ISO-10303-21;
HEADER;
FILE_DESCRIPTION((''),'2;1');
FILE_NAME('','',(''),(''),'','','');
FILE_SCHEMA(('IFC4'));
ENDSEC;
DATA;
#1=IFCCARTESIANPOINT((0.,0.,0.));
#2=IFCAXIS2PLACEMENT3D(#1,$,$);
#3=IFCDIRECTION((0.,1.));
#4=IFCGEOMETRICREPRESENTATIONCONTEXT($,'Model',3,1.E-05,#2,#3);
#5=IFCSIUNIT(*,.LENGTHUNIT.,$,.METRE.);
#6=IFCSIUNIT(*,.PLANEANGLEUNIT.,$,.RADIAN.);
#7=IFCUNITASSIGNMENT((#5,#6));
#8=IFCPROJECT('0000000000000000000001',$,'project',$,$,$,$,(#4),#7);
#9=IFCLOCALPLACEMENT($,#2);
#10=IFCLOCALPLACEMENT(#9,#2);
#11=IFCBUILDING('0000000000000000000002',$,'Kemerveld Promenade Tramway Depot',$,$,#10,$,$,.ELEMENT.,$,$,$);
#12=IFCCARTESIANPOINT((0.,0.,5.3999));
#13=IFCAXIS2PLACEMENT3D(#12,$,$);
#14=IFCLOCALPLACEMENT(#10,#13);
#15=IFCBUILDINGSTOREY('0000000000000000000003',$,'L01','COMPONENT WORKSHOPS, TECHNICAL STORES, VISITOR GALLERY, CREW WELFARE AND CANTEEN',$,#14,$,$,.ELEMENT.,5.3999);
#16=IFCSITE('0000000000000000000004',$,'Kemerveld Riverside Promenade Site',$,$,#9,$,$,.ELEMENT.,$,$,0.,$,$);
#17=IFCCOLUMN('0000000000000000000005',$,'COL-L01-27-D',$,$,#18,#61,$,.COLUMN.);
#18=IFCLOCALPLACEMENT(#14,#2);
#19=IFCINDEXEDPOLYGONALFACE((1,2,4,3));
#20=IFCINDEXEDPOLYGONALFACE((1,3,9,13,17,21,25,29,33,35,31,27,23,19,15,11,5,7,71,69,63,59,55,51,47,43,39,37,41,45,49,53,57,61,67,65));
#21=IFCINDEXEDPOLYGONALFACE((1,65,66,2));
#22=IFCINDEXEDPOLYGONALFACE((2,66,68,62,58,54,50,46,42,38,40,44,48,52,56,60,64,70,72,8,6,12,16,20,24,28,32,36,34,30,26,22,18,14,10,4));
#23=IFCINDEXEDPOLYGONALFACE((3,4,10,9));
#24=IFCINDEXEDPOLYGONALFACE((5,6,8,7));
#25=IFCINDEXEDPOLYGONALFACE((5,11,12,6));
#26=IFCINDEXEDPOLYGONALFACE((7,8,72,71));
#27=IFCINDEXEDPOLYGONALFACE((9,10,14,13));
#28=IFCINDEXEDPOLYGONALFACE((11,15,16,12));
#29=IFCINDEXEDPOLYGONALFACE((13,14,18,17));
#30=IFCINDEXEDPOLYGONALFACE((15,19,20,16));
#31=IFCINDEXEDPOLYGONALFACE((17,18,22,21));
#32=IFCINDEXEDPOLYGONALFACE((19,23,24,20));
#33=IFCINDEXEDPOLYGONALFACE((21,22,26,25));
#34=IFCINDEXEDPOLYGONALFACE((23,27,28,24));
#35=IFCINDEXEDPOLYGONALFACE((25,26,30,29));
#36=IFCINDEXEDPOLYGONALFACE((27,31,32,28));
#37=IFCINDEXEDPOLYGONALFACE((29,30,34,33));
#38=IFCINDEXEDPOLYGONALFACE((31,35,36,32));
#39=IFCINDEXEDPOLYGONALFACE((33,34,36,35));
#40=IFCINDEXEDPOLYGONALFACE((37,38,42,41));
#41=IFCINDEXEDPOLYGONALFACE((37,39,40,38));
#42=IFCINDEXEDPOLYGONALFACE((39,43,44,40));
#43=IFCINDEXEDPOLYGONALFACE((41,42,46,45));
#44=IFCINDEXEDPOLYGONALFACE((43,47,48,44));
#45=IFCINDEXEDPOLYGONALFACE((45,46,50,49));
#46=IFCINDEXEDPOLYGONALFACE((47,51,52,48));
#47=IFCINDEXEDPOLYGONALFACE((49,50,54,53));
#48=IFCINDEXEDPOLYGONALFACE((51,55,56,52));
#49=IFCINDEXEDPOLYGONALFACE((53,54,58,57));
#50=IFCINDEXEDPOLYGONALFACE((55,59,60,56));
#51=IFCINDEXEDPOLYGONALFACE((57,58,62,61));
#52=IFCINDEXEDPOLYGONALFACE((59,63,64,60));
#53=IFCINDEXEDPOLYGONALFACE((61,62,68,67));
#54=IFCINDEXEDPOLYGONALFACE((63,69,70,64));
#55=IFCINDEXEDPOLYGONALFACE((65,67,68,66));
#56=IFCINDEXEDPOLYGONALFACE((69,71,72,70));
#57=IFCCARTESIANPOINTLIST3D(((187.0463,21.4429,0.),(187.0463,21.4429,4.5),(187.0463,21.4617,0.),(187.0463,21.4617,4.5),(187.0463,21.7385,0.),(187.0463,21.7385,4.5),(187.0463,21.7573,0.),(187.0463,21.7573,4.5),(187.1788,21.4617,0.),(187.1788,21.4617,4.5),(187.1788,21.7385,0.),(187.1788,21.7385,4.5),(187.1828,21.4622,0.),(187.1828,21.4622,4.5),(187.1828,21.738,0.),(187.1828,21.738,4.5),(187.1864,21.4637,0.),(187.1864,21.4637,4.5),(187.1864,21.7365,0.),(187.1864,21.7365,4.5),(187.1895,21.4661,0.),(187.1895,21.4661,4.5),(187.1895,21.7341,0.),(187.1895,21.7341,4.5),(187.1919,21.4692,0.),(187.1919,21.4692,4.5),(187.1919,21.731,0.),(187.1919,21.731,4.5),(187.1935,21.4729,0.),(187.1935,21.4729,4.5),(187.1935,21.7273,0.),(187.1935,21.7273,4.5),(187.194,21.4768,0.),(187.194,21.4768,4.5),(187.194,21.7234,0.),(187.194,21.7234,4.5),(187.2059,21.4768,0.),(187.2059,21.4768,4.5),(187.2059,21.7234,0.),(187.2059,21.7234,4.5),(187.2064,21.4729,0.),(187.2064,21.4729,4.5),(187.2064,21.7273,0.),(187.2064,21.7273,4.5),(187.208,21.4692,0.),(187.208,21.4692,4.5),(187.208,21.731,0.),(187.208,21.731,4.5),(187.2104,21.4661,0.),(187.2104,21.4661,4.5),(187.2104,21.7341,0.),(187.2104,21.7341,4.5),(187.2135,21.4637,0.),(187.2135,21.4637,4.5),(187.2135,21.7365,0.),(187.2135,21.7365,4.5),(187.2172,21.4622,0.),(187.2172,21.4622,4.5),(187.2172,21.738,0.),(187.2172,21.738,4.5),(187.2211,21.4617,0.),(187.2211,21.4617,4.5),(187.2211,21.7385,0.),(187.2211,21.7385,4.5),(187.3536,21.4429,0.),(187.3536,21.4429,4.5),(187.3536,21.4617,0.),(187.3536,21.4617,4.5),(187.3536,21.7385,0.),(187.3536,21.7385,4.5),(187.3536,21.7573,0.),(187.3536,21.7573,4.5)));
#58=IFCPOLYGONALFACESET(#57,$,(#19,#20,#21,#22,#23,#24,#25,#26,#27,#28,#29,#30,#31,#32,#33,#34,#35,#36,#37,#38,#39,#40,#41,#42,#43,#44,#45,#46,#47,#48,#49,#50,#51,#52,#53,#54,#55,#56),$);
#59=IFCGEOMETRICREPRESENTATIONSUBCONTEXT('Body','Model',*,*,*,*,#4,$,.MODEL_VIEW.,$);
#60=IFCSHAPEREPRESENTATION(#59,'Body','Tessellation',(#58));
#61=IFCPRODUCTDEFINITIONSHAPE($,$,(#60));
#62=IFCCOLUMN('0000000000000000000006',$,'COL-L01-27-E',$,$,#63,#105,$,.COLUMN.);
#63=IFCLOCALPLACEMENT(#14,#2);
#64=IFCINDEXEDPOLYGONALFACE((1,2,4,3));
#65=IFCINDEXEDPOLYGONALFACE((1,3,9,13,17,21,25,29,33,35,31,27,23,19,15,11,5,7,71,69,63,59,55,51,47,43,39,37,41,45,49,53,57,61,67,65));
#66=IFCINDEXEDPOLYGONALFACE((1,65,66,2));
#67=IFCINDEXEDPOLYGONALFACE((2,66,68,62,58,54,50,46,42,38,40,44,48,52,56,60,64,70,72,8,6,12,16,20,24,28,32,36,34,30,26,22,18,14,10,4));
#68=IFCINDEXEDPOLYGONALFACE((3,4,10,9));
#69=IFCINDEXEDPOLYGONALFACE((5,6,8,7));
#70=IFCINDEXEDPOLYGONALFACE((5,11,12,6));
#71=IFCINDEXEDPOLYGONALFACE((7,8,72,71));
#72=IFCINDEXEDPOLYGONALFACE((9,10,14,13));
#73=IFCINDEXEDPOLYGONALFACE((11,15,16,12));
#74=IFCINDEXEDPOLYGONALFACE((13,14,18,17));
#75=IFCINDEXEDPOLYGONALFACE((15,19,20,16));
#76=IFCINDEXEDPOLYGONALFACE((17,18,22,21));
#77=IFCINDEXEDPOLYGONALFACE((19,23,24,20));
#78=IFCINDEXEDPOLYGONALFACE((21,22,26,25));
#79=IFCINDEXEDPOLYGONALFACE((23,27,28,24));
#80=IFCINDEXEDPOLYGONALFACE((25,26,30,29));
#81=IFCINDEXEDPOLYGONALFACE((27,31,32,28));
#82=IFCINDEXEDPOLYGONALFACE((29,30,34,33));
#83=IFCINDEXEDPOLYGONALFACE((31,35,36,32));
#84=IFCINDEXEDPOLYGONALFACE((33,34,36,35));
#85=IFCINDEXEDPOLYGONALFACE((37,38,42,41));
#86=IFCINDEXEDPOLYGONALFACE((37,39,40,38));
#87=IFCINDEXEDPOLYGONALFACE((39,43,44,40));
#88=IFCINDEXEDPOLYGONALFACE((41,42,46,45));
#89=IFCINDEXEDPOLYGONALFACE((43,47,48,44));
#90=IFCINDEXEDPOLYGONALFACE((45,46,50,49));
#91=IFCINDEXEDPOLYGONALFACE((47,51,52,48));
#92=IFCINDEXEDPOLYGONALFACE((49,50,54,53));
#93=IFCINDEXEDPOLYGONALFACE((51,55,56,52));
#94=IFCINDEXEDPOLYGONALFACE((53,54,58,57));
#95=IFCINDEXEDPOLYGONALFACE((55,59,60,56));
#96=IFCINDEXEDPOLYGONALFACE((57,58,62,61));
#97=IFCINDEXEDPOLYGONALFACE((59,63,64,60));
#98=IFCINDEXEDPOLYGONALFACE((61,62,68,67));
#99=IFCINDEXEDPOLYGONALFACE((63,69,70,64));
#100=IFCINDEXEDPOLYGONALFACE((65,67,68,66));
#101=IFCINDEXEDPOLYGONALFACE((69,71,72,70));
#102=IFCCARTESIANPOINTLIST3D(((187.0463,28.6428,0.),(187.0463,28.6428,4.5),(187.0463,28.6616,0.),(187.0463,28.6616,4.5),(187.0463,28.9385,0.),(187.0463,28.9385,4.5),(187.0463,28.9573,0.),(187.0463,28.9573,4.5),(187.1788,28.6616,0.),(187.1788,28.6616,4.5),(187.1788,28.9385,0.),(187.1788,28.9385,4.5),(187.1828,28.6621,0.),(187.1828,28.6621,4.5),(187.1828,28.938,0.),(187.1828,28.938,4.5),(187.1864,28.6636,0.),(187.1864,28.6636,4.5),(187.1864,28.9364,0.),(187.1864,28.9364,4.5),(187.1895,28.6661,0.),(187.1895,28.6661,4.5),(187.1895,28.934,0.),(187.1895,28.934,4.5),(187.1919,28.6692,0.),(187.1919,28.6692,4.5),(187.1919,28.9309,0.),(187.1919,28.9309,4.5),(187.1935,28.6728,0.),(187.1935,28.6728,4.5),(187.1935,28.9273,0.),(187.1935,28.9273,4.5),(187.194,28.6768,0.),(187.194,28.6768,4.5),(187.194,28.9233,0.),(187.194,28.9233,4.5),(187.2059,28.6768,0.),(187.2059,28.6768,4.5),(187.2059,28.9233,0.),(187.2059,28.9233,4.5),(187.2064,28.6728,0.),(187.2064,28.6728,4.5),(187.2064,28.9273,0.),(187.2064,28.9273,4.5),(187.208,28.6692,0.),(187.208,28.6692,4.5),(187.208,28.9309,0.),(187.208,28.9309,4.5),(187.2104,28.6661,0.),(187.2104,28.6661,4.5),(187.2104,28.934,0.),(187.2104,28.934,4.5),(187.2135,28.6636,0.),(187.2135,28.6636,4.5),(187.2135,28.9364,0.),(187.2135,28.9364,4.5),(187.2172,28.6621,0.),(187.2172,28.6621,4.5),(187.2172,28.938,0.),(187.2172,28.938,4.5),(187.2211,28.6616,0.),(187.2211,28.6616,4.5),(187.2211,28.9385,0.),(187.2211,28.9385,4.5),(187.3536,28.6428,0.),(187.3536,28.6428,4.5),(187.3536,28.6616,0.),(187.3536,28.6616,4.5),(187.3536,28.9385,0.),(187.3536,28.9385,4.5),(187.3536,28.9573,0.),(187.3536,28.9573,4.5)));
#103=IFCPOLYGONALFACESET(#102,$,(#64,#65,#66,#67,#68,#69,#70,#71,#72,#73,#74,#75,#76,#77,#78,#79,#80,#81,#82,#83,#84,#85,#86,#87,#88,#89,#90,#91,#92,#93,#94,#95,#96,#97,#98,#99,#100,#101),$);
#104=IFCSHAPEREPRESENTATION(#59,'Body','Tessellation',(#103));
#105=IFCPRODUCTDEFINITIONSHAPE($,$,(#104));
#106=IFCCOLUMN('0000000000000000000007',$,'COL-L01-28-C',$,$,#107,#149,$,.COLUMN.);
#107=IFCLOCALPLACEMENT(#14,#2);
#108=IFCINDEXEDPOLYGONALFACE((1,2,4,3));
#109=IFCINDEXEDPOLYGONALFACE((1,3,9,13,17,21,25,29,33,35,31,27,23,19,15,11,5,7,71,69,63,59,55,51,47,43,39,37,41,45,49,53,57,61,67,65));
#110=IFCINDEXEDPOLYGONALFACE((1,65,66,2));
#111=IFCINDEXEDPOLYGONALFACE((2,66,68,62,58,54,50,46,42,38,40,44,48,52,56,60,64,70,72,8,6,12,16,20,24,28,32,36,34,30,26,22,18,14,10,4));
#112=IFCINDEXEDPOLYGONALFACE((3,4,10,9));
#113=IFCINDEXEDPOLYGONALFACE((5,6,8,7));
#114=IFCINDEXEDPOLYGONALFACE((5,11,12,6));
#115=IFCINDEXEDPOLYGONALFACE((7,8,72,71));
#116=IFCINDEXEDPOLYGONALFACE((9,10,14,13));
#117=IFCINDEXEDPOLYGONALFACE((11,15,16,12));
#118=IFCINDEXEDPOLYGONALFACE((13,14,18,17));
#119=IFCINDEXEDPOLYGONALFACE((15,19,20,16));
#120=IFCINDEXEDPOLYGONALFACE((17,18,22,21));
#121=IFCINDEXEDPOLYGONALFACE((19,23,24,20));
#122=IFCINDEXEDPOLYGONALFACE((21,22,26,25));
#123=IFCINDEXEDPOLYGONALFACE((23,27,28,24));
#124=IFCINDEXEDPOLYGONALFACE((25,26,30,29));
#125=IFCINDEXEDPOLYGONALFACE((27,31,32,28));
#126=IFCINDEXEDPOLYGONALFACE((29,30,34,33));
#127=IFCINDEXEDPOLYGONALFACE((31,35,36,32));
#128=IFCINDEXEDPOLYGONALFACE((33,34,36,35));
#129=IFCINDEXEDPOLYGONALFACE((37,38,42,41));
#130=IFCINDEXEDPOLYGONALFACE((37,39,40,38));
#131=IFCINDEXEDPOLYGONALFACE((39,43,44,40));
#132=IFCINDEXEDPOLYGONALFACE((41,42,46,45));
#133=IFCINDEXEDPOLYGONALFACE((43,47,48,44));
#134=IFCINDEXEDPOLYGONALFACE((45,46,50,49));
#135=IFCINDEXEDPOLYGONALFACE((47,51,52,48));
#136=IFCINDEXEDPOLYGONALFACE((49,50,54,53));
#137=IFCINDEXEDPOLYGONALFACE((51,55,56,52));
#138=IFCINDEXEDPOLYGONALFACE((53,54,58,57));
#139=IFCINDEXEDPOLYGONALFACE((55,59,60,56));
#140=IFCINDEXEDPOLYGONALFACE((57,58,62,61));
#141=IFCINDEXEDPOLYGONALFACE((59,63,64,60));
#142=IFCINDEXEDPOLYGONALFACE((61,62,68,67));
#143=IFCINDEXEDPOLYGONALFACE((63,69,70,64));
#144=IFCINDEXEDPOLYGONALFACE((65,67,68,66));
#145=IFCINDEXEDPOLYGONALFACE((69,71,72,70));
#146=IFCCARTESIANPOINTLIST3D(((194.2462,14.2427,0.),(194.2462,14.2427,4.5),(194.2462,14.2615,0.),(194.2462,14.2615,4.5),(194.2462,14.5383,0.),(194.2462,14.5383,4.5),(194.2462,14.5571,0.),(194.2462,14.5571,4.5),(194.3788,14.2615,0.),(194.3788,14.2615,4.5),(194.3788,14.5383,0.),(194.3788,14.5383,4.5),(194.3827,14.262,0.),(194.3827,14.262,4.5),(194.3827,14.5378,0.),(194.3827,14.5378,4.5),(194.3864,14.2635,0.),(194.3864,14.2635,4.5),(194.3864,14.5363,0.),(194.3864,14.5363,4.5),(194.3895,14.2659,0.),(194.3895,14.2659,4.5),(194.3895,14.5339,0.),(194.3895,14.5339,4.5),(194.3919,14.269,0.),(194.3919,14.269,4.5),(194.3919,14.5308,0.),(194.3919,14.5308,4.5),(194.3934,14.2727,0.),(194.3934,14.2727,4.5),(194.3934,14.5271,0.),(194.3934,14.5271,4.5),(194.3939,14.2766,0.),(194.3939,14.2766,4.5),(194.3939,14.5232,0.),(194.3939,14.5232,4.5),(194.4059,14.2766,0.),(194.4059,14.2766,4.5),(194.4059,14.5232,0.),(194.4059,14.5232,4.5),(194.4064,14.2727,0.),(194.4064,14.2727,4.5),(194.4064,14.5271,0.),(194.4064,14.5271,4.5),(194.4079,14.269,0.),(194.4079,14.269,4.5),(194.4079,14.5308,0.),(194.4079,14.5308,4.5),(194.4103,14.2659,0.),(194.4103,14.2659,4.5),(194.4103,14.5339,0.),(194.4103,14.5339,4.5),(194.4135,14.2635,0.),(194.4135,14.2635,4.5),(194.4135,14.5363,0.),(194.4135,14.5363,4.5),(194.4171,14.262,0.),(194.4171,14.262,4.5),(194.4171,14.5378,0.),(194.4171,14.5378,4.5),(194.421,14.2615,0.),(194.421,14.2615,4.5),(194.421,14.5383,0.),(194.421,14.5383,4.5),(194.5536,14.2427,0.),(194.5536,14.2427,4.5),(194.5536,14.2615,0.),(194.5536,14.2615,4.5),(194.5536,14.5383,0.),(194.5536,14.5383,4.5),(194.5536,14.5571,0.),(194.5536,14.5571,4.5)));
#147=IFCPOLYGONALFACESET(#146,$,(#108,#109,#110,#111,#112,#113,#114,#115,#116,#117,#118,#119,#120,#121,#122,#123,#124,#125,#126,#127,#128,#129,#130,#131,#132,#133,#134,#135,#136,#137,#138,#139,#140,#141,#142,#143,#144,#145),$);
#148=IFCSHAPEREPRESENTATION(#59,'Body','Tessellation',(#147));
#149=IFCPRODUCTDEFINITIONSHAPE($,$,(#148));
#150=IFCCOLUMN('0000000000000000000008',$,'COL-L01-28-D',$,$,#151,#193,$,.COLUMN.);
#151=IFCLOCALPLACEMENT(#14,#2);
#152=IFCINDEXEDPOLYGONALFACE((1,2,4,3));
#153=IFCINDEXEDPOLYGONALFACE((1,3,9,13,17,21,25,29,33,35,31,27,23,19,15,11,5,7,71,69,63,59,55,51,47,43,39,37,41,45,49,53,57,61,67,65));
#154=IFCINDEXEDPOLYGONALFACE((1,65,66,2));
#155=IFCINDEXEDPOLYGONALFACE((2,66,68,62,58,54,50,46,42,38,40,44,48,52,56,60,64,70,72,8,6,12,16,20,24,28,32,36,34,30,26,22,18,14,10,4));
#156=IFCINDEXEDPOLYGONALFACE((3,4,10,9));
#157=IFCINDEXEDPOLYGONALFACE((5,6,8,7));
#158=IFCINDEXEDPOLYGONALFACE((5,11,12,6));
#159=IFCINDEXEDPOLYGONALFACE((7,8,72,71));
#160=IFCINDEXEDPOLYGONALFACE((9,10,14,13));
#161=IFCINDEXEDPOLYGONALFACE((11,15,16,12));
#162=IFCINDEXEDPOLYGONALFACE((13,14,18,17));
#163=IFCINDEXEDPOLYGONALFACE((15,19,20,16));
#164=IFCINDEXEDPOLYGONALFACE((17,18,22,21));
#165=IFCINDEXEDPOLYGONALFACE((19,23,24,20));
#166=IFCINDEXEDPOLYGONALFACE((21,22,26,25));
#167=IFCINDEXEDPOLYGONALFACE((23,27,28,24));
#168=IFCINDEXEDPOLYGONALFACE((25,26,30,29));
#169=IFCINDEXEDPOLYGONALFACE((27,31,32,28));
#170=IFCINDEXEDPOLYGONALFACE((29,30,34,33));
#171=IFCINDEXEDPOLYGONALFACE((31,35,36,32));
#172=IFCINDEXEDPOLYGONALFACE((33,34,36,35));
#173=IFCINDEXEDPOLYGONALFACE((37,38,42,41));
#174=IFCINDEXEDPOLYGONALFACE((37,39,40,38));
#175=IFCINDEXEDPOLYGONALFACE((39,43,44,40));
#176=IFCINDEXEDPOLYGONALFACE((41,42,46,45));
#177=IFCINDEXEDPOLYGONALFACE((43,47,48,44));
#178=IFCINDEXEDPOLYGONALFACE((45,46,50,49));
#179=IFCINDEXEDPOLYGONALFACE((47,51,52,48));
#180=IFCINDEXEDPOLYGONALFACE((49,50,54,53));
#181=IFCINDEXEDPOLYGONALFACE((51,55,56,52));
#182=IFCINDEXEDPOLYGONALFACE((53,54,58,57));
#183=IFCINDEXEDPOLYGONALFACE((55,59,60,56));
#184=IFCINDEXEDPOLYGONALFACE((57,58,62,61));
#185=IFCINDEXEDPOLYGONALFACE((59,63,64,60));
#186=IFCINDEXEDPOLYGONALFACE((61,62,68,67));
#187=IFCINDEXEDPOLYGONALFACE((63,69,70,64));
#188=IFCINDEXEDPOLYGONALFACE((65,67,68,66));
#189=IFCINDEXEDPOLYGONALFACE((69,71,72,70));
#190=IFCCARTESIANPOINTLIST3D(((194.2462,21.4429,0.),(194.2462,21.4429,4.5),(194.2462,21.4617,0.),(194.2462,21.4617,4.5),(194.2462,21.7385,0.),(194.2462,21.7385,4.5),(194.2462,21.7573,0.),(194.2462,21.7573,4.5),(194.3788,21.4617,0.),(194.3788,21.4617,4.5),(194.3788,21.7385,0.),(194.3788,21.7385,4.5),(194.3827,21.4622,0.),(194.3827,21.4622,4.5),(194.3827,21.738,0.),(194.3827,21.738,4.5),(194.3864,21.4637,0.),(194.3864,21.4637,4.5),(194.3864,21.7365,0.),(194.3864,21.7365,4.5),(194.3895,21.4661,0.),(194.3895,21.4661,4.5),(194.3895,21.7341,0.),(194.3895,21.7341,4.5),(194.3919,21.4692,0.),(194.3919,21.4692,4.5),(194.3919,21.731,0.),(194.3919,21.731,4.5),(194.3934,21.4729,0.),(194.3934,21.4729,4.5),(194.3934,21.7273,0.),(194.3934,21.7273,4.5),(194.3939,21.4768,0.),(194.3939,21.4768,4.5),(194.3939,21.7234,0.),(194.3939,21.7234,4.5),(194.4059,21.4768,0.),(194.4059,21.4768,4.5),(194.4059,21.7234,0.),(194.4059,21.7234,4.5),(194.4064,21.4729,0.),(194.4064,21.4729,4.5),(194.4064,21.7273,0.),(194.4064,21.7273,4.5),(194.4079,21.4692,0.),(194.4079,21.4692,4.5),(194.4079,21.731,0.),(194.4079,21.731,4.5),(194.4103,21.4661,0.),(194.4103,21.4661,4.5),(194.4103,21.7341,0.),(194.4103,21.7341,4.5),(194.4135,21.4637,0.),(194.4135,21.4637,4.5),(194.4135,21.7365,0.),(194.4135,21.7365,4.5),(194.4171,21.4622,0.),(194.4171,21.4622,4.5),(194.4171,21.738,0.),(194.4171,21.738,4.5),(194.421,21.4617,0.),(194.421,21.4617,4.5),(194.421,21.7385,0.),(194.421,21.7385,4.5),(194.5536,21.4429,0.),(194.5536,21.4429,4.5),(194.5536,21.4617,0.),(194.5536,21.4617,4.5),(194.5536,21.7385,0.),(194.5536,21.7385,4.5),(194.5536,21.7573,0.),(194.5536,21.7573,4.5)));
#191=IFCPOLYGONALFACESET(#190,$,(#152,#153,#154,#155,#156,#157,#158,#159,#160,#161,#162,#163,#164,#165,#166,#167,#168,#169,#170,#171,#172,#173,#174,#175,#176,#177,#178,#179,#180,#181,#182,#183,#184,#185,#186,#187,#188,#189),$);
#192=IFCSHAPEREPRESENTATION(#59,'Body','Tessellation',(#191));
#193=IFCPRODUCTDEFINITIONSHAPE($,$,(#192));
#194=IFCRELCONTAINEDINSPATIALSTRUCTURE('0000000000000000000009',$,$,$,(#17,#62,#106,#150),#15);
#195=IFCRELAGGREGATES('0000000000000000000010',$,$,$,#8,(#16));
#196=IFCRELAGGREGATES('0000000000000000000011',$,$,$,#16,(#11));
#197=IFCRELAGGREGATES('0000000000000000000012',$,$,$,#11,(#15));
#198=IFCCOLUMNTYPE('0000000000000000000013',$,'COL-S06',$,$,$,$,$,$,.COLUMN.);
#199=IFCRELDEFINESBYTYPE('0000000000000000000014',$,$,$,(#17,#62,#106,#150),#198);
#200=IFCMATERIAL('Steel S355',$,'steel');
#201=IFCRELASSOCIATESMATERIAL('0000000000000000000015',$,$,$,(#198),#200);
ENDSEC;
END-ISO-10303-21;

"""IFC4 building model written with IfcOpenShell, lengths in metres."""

from ifc_helpers import new_model, si_unit, direction, frame, origin, origin_2d, place, context, subcontext, project, spatial, i_section, extrude, material, material_profile, profile_set, type_object, element, save


model = new_model("IFC4")

# Units and contexts
model_context = context("Model", 3, precision=1e-05, world=origin(), true_north=direction((0.0, 1.0)))
body_context = subcontext(model_context, "Body", "Model", "MODEL_VIEW")
ifc_project = project(units=[si_unit("LENGTHUNIT", "METRE"), si_unit("PLANEANGLEUNIT", "RADIAN")], contexts=[model_context])

# Site, building, storey
site_placement = place(None, origin())
site = spatial("IfcSite", under=ifc_project, at=site_placement, Name="Kemerveld Riverside Promenade Site", CompositionType="ELEMENT", RefElevation=0.0)
building_placement = place(site_placement, origin())
building = spatial("IfcBuilding", under=site, at=building_placement, Name="Kemerveld Promenade Tramway Depot", CompositionType="ELEMENT")
storey_placement = place(building_placement, frame((0.0, 0.0, 5.3999)))
storey = spatial("IfcBuildingStorey", under=building, at=storey_placement, Name="L01", Description="COMPONENT WORKSHOPS, TECHNICAL STORES, VISITOR GALLERY, CREW WELFARE AND CANTEEN", CompositionType="ELEMENT", Elevation=5.3999)

# Columns
ifc_material_1 = material(Name="Steel S355", Category="steel")
ifc_material_profile_1 = material_profile(ifc_material_1, i_section(OverallWidth=0.3074, OverallDepth=0.3145, WebThickness=0.012, FlangeThickness=0.0188, FilletRadius=0.0151, at=origin_2d()), Name="305x305x118 UC")
ifc_profile_set_1 = profile_set([ifc_material_profile_1], Name="Steel S355")
column_type = type_object("IfcColumnType", Name="COL-S06", PredefinedType="COLUMN", material=ifc_profile_set_1)
for number, where, z_axis, x_axis, name in (
    (1, (187.2, 21.6001, 0.0), (0.0, 0.0, 1.0), (1.0, 0.0, 0.0), "COL-L01-27-D"),
    (2, (187.2, 28.8, 0.0), (0.0, 0.0, 1.0), (1.0, 0.0, 0.0), "COL-L01-27-E"),
    (3, (194.3999, 14.3999, 0.0), (0.0, 0.0, 1.0), (1.0, 0.0, 0.0), "COL-L01-28-C"),
    (4, (194.3999, 21.6001, 0.0), (0.0, 0.0, 1.0), (1.0, 0.0, 0.0), "COL-L01-28-D"),
):
    element("IfcColumn", number, at=place(storey_placement, frame(where, z_axis=z_axis, x_axis=x_axis)), inside=storey, type_object=column_type, Name=name, PredefinedType="COLUMN", context=body_context, shape_type="SweptSolid", body=[
        extrude(i_section(OverallWidth=0.3074, OverallDepth=0.3145, WebThickness=0.012, FlangeThickness=0.0188, FilletRadius=0.0151, at=origin_2d()), origin(), (0.0, 0.0, 1.0), 4.5),
    ])

save(model, "model.ifc")
